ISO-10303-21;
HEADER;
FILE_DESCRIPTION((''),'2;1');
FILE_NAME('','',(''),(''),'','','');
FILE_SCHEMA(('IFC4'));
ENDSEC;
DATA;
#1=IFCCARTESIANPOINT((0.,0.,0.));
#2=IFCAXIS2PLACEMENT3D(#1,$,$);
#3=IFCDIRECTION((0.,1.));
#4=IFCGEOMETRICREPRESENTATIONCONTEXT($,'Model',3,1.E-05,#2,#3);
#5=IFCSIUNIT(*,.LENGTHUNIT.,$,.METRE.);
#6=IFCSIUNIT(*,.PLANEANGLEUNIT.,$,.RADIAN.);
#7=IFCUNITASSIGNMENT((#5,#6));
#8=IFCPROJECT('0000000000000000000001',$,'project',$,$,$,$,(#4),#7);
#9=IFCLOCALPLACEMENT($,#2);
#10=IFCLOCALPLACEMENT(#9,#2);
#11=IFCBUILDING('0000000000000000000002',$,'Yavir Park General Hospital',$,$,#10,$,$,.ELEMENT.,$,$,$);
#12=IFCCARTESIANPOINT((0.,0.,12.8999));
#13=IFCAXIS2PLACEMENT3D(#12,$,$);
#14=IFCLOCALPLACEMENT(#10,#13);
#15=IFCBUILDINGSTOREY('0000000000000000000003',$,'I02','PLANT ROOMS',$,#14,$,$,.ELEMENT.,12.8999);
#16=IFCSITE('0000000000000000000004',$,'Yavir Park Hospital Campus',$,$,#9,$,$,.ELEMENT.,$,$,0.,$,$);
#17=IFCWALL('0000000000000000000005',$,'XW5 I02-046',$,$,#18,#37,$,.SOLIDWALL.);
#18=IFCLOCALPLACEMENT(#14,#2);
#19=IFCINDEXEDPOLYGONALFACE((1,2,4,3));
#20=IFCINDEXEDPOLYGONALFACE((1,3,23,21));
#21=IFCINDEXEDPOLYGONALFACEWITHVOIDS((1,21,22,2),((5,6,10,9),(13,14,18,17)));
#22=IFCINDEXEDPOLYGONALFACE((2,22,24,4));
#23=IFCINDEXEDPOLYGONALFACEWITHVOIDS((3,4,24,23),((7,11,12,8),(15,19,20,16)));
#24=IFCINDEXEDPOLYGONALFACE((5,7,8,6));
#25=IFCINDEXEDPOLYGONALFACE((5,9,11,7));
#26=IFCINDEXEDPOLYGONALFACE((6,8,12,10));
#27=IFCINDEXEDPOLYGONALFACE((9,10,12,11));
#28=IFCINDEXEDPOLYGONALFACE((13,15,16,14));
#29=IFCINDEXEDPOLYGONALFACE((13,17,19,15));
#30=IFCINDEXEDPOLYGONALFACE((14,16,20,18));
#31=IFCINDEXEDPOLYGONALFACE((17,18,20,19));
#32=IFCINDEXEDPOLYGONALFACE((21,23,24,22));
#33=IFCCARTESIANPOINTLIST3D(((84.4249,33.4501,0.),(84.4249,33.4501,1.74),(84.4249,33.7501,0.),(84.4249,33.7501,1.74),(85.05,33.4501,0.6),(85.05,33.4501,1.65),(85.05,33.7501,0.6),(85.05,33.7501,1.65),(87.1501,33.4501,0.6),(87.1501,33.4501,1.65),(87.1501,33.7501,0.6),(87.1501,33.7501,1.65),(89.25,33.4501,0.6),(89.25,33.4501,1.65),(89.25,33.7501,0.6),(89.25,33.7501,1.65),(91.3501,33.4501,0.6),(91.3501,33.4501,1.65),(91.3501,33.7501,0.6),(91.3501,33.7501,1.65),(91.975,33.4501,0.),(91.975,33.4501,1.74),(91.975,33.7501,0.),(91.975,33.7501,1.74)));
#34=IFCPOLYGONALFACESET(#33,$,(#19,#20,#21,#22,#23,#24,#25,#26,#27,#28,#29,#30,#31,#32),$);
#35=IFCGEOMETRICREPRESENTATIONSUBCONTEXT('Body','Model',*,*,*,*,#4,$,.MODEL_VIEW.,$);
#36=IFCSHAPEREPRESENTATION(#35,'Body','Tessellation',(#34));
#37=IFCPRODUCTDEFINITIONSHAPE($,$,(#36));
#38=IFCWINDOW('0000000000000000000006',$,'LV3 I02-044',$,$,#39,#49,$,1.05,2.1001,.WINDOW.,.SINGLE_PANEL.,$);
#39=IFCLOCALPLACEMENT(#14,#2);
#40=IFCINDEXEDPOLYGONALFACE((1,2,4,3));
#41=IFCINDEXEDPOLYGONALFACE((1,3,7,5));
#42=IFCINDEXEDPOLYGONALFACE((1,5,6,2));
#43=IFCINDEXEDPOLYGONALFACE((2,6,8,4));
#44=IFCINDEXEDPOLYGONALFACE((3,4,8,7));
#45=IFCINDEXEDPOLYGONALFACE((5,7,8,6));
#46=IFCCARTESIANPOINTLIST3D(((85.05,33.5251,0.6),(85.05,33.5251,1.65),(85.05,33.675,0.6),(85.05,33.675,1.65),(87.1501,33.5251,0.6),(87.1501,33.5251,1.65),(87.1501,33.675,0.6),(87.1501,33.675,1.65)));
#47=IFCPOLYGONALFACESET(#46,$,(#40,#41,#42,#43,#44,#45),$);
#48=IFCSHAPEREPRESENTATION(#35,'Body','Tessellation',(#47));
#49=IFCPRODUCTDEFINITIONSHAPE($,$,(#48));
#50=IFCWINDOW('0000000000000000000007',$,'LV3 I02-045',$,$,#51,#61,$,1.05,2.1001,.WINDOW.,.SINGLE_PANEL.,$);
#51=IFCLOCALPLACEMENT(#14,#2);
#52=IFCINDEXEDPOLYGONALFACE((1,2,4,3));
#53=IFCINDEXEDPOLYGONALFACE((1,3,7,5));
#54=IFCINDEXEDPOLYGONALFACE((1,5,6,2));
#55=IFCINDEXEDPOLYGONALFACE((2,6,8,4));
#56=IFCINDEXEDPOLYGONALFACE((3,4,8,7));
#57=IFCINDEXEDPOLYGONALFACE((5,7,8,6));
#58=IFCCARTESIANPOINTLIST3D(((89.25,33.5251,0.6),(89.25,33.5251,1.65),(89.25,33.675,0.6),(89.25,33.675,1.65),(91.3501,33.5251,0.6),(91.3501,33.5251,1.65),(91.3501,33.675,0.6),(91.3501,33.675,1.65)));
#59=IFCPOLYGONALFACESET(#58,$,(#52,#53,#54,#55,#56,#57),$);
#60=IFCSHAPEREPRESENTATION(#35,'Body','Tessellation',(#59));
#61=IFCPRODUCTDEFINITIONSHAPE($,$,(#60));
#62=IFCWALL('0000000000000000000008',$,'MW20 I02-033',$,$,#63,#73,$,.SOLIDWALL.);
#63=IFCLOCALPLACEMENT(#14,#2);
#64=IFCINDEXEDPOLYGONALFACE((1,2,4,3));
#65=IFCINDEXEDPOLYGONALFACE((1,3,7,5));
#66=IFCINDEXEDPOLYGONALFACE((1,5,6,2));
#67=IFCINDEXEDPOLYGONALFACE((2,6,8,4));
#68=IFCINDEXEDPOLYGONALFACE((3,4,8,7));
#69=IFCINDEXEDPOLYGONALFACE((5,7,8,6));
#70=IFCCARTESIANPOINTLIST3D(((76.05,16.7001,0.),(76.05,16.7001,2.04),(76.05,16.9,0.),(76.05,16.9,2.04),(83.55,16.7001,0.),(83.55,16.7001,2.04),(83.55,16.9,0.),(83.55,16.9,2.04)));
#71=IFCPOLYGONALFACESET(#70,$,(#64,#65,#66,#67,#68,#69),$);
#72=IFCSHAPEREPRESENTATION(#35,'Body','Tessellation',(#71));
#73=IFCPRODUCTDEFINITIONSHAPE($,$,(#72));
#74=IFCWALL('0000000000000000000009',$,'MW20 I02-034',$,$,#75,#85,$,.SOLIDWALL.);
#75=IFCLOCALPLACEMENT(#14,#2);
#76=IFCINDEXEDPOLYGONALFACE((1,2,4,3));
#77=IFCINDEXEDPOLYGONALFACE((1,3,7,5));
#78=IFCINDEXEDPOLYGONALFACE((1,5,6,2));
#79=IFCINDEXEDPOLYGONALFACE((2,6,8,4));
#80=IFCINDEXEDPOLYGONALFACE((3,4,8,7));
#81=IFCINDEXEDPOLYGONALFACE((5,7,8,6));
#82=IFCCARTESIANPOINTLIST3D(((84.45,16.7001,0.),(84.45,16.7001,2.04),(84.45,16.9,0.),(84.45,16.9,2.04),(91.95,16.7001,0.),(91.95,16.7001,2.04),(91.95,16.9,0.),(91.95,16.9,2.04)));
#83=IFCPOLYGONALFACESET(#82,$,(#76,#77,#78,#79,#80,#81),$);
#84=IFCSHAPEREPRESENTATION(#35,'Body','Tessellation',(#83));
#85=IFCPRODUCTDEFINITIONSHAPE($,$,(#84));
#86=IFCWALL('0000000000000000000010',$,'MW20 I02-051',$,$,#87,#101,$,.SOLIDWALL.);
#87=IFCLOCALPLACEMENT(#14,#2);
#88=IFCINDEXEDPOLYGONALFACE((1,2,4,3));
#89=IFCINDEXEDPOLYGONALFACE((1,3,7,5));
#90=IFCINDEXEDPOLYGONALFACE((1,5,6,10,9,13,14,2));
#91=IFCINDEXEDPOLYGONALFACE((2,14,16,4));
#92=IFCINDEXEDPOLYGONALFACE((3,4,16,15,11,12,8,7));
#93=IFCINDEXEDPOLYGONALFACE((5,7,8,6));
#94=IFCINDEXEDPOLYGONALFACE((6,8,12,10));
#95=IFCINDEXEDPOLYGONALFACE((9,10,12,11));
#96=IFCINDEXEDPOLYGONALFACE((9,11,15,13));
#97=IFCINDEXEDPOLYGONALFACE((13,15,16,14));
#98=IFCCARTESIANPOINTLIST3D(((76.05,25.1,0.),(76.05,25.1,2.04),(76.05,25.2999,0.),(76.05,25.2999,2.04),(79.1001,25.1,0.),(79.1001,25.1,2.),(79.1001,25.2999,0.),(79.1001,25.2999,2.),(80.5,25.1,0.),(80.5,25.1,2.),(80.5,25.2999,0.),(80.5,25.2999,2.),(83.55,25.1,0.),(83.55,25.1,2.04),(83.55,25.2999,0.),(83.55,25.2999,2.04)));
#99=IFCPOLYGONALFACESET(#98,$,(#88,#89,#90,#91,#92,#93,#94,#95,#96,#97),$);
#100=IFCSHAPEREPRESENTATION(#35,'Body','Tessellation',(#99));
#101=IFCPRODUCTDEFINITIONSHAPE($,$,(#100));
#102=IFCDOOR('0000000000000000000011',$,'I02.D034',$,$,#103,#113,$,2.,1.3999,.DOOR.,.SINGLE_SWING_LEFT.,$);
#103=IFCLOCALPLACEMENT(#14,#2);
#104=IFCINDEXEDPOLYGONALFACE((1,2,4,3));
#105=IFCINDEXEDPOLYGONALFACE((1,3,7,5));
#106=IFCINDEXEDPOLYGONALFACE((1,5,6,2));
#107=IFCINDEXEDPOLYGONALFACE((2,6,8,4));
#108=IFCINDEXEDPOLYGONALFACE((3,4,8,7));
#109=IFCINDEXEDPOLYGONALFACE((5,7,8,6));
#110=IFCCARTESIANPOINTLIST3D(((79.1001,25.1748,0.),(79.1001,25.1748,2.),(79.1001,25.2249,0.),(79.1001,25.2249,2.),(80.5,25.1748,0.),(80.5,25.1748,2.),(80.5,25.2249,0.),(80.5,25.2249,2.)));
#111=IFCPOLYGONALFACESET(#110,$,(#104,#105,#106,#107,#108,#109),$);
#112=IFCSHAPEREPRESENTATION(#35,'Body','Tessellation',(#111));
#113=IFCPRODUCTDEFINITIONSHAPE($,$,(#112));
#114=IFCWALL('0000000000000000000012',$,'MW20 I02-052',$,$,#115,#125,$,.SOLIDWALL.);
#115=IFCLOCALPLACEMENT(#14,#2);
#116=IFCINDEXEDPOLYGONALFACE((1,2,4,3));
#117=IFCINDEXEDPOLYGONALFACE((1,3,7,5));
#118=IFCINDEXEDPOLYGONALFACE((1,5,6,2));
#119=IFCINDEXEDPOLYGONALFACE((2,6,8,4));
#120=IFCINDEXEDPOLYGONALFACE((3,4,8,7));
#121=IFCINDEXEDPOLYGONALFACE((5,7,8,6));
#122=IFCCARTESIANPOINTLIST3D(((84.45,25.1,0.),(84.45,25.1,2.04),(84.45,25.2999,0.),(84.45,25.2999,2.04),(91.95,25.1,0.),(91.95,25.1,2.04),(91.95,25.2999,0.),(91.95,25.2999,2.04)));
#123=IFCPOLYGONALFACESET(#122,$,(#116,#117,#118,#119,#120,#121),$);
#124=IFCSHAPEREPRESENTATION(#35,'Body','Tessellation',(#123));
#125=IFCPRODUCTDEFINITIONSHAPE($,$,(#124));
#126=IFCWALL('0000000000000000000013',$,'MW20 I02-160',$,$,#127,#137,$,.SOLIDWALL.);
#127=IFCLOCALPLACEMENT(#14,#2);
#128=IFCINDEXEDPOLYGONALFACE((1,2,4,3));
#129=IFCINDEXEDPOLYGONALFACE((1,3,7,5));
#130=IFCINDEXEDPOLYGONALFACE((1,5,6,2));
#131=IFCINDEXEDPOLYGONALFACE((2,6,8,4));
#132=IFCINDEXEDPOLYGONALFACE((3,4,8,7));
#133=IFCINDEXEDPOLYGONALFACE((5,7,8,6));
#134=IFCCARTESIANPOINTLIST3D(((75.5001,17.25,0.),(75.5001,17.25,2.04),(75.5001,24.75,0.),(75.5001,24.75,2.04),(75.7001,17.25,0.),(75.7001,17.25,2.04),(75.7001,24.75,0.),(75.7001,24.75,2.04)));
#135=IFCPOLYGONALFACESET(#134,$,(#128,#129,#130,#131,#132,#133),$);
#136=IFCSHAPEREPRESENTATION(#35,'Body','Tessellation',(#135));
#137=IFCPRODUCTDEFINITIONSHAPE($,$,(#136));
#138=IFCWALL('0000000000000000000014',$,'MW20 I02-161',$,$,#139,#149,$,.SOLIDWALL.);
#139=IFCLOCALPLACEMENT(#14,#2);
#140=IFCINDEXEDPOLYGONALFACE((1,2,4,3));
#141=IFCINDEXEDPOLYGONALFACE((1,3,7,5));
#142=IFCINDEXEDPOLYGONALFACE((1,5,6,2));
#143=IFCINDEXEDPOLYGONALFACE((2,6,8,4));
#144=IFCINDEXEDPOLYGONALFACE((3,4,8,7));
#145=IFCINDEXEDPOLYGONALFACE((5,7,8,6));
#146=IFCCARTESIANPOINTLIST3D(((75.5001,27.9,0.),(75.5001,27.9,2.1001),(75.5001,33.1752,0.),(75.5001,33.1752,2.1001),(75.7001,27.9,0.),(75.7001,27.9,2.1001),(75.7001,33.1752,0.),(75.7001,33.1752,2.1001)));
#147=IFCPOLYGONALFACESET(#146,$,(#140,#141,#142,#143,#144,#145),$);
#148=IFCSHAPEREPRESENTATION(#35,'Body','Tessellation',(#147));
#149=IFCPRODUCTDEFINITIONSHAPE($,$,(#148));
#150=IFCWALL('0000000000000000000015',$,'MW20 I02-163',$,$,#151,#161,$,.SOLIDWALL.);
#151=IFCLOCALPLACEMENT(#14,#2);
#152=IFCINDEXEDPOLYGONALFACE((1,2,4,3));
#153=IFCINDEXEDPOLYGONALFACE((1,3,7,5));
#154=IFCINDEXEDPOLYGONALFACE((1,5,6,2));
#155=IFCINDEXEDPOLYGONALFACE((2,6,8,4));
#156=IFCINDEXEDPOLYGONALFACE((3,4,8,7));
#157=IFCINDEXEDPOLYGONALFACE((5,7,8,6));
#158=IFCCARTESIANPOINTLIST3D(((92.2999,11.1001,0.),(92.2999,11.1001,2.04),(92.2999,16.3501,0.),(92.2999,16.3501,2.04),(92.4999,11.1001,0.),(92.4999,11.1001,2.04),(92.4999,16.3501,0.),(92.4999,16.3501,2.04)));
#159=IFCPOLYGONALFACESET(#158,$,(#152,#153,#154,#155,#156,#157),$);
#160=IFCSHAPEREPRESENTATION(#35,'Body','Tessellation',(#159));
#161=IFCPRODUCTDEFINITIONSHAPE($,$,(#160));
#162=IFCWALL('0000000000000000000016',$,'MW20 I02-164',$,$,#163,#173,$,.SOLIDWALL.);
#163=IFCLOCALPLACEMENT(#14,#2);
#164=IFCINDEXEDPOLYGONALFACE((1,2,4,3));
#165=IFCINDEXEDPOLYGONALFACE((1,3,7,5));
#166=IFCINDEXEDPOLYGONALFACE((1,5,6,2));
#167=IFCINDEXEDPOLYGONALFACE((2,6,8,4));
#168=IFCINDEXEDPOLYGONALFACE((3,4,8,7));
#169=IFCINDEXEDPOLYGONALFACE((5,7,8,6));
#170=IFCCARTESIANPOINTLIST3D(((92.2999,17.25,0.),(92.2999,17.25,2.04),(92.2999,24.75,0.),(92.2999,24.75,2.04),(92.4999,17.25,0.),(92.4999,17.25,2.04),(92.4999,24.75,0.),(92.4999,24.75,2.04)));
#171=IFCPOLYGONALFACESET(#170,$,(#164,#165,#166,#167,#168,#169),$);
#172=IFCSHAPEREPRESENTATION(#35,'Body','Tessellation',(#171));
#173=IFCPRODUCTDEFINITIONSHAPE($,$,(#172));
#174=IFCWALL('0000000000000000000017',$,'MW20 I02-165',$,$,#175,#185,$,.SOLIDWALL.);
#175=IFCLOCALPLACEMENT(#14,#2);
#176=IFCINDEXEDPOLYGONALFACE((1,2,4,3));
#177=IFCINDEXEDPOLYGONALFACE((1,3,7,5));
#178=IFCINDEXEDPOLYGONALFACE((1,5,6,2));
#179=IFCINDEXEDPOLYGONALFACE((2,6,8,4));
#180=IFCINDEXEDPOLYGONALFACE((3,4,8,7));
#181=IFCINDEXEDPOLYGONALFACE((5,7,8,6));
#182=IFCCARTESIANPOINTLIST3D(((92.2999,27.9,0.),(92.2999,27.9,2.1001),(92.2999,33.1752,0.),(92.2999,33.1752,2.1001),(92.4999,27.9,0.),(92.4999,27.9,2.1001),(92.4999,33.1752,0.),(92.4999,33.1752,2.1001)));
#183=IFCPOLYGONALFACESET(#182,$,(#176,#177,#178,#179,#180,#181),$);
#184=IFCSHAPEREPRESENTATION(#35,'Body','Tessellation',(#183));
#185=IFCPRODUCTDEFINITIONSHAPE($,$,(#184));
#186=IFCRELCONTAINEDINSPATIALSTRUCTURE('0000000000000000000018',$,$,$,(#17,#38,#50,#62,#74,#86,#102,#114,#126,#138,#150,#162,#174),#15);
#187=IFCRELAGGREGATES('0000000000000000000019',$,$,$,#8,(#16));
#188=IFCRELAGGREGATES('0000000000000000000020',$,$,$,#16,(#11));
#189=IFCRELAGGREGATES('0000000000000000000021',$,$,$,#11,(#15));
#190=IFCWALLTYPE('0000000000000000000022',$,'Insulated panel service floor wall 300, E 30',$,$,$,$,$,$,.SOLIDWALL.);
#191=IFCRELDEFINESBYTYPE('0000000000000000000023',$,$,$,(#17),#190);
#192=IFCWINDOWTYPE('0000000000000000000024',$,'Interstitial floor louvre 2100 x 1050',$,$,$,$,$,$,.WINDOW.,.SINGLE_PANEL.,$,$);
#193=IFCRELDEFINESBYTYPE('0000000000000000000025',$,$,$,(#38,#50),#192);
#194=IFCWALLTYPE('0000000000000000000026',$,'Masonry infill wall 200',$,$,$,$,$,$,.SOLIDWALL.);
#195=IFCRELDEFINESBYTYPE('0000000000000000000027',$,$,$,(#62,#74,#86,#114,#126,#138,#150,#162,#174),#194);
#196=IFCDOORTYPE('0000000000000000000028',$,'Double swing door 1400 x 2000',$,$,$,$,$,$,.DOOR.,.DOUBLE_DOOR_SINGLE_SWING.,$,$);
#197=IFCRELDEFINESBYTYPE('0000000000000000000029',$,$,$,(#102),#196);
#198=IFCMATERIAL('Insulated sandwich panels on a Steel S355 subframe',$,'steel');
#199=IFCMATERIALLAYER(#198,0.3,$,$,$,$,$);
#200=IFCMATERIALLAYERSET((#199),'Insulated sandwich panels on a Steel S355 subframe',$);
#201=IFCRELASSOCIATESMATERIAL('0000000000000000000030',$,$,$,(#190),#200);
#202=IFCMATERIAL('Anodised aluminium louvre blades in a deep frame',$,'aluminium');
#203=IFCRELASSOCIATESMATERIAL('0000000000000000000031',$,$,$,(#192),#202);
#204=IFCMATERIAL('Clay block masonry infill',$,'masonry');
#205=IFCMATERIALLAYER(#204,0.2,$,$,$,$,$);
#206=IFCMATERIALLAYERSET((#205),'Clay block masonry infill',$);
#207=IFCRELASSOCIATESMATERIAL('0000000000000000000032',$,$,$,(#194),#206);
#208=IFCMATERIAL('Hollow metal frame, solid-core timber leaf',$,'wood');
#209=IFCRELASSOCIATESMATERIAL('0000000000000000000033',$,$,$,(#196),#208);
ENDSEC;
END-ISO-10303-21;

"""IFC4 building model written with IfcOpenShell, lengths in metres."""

from ifc_helpers import new_model, si_unit, direction, frame, frame_2d, origin, place, context, subcontext, project, spatial, rectangle, extrude, material, layer, layer_set, type_object, element, fill, save


model = new_model("IFC4")

# Units and contexts
model_context = context("Model", 3, precision=1e-05, world=origin(), true_north=direction((0.0, 1.0)))
body_context = subcontext(model_context, "Body", "Model", "MODEL_VIEW")
ifc_project = project(units=[si_unit("LENGTHUNIT", "METRE"), si_unit("PLANEANGLEUNIT", "RADIAN")], contexts=[model_context])

# Site, building, storey
site_placement = place(None, origin())
site = spatial("IfcSite", under=ifc_project, at=site_placement, Name="Yavir Park Hospital Campus", CompositionType="ELEMENT", RefElevation=0.0)
building_placement = place(site_placement, origin())
building = spatial("IfcBuilding", under=site, at=building_placement, Name="Yavir Park General Hospital", CompositionType="ELEMENT")
storey_placement = place(building_placement, frame((0.0, 0.0, 12.8999)))
storey = spatial("IfcBuildingStorey", under=building, at=storey_placement, Name="I02", Description="PLANT ROOMS", CompositionType="ELEMENT", Elevation=12.8999)

# Wall, openings, windows
ifc_material_1 = material(Name="Insulated sandwich panels on a Steel S355 subframe", Category="steel")
ifc_layer_1 = layer(ifc_material_1, 0.3)
ifc_layer_set_1 = layer_set([ifc_layer_1], Name="Insulated sandwich panels on a Steel S355 subframe")
wall_type_1 = type_object("IfcWallType", Name="Insulated panel service floor wall 300, E 30", PredefinedType="SOLIDWALL", material=ifc_layer_set_1)
ifc_material_2 = material(Name="Anodised aluminium louvre blades in a deep frame", Category="aluminium")
window_type = type_object("IfcWindowType", Name="Interstitial floor louvre 2100 x 1050", PartitioningType="SINGLE_PANEL", PredefinedType="WINDOW", material=ifc_material_2)
wall_1_placement = place(storey_placement, frame((84.425, 33.6001, 0.0), z_axis=(0.0, 0.0, 1.0), x_axis=(1.0, 0.0, 0.0)))
wall_1 = element("IfcWall", 1, at=wall_1_placement, inside=storey, type_object=wall_type_1, Name="XW5 I02-046", PredefinedType="SOLIDWALL", context=body_context, shape_type="SweptSolid", body=[
    extrude(rectangle(XDim=7.55, YDim=0.3, at=frame_2d((3.7749, 0.0))), origin(), (0.0, 0.0, 1.0), 1.74),
])
opening_1_placement = place(wall_1_placement, frame((0.625, 0.0, 0.6001)))
opening_1 = element("IfcOpeningElement", 2, at=opening_1_placement, cuts=wall_1, PredefinedType="OPENING", context=body_context, shape_type="SweptSolid", body=[
    extrude(rectangle(XDim=2.1001, YDim=1.05, at=frame_2d((1.05, 0.5249))), frame((0.0, 0.1599, 0.0), z_axis=(0.0, -1.0, 0.0), x_axis=(1.0, 0.0, 0.0)), (0.0, 0.0, 1.0), 0.3201),
])
opening_2_placement = place(wall_1_placement, frame((4.825, 0.0, 0.6001)))
opening_2 = element("IfcOpeningElement", 3, at=opening_2_placement, cuts=wall_1, PredefinedType="OPENING", context=body_context, shape_type="SweptSolid", body=[
    extrude(rectangle(XDim=2.1001, YDim=1.05, at=frame_2d((1.05, 0.5249))), frame((0.0, 0.1599, 0.0), z_axis=(0.0, -1.0, 0.0), x_axis=(1.0, 0.0, 0.0)), (0.0, 0.0, 1.0), 0.3201),
])
window_1_placement = place(opening_1_placement, origin())
window_1 = element("IfcWindow", 4, at=window_1_placement, inside=storey, type_object=window_type, Name="LV3 I02-044", OverallHeight=1.05, OverallWidth=2.1001, PartitioningType="SINGLE_PANEL", PredefinedType="WINDOW", context=body_context, shape_type="SweptSolid", body=[
    extrude(rectangle(XDim=2.1001, YDim=1.05, at=frame_2d((1.05, 0.5249))), frame((0.0, 0.075, 0.0), z_axis=(0.0, -1.0, 0.0), x_axis=(1.0, 0.0, 0.0)), (0.0, 0.0, 1.0), 0.1499),
])
fill(opening_1, window_1)
window_2_placement = place(opening_2_placement, origin())
window_2 = element("IfcWindow", 5, at=window_2_placement, inside=storey, type_object=window_type, Name="LV3 I02-045", OverallHeight=1.05, OverallWidth=2.1001, PartitioningType="SINGLE_PANEL", PredefinedType="WINDOW", context=body_context, shape_type="SweptSolid", body=[
    extrude(rectangle(XDim=2.1001, YDim=1.05, at=frame_2d((1.05, 0.5249))), frame((0.0, 0.075, 0.0), z_axis=(0.0, -1.0, 0.0), x_axis=(1.0, 0.0, 0.0)), (0.0, 0.0, 1.0), 0.1499),
])
fill(opening_2, window_2)

# Walls
ifc_material_3 = material(Name="Clay block masonry infill", Category="masonry")
ifc_layer_2 = layer(ifc_material_3, 0.2)
ifc_layer_set_2 = layer_set([ifc_layer_2], Name="Clay block masonry infill")
wall_type_2 = type_object("IfcWallType", Name="Masonry infill wall 200", PredefinedType="SOLIDWALL", material=ifc_layer_set_2)
for number, where, z_axis, x_axis, name in (
    (6, (76.05, 16.8, 0.0), (0.0, 0.0, 1.0), (1.0, 0.0, 0.0), "MW20 I02-033"),
    (7, (84.45, 16.8, 0.0), (0.0, 0.0, 1.0), (1.0, 0.0, 0.0), "MW20 I02-034"),
):
    element("IfcWall", number, at=place(storey_placement, frame(where, z_axis=z_axis, x_axis=x_axis)), inside=storey, type_object=wall_type_2, Name=name, PredefinedType="SOLIDWALL", context=body_context, shape_type="SweptSolid", body=[
        extrude(rectangle(XDim=7.5, YDim=0.2, at=frame_2d((3.75, 0.0))), origin(), (0.0, 0.0, 1.0), 2.04),
    ])

# Wall, opening, door
wall_2_placement = place(storey_placement, frame((76.05, 25.2, 0.0), z_axis=(0.0, 0.0, 1.0), x_axis=(1.0, 0.0, 0.0)))
wall_2 = element("IfcWall", 8, at=wall_2_placement, inside=storey, type_object=wall_type_2, Name="MW20 I02-051", PredefinedType="SOLIDWALL", context=body_context, shape_type="SweptSolid", body=[
    extrude(rectangle(XDim=7.5, YDim=0.2, at=frame_2d((3.75, 0.0))), origin(), (0.0, 0.0, 1.0), 2.04),
])
opening_3_placement = place(wall_2_placement, frame((3.05, 0.0, 0.0)))
opening_3 = element("IfcOpeningElement", 9, at=opening_3_placement, cuts=wall_2, PredefinedType="OPENING", context=body_context, shape_type="SweptSolid", body=[
    extrude(rectangle(XDim=1.3999, YDim=2.0, at=frame_2d((0.7, 1.0))), frame((0.0, 0.1099, 0.0), z_axis=(0.0, -1.0, 0.0), x_axis=(1.0, 0.0, 0.0)), (0.0, 0.0, 1.0), 0.22),
])
ifc_material_4 = material(Name="Hollow metal frame, solid-core timber leaf", Category="wood")
door_type = type_object("IfcDoorType", Name="Double swing door 1400 x 2000", OperationType="DOUBLE_DOOR_SINGLE_SWING", PredefinedType="DOOR", material=ifc_material_4)
door_placement = place(opening_3_placement, origin())
door = element("IfcDoor", 10, at=door_placement, inside=storey, type_object=door_type, Name="I02.D034", OperationType="SINGLE_SWING_LEFT", OverallHeight=2.0, OverallWidth=1.3999, PredefinedType="DOOR", context=body_context, shape_type="SweptSolid", body=[
    extrude(rectangle(XDim=1.3999, YDim=2.0, at=frame_2d((0.7, 1.0))), frame((0.0, 0.0249, 0.0), z_axis=(0.0, -1.0, 0.0), x_axis=(1.0, 0.0, 0.0)), (0.0, 0.0, 1.0), 0.05),
])
fill(opening_3, door)

# Walls
for number, where, z_axis, x_axis, name in (
    (11, (84.45, 25.2, 0.0), (0.0, 0.0, 1.0), (1.0, 0.0, 0.0), "MW20 I02-052"),
    (12, (75.6001, 17.25, 0.0), (0.0, 0.0, 1.0), (0.0, 1.0, 0.0), "MW20 I02-160"),
):
    element("IfcWall", number, at=place(storey_placement, frame(where, z_axis=z_axis, x_axis=x_axis)), inside=storey, type_object=wall_type_2, Name=name, PredefinedType="SOLIDWALL", context=body_context, shape_type="SweptSolid", body=[
        extrude(rectangle(XDim=7.5, YDim=0.2, at=frame_2d((3.75, 0.0))), origin(), (0.0, 0.0, 1.0), 2.04),
    ])
wall_3_placement = place(storey_placement, frame((75.6001, 27.8999, 0.0), z_axis=(0.0, 0.0, 1.0), x_axis=(0.0, 1.0, 0.0)))
element("IfcWall", 13, at=wall_3_placement, inside=storey, type_object=wall_type_2, Name="MW20 I02-161", PredefinedType="SOLIDWALL", context=body_context, shape_type="SweptSolid", body=[
    extrude(rectangle(XDim=5.2751, YDim=0.2, at=frame_2d((2.6377, 0.0))), origin(), (0.0, 0.0, 1.0), 2.1001),
])
wall_4_placement = place(storey_placement, frame((92.3999, 11.1001, 0.0), z_axis=(0.0, 0.0, 1.0), x_axis=(0.0, 1.0, 0.0)))
element("IfcWall", 14, at=wall_4_placement, inside=storey, type_object=wall_type_2, Name="MW20 I02-163", PredefinedType="SOLIDWALL", context=body_context, shape_type="SweptSolid", body=[
    extrude(rectangle(XDim=5.25, YDim=0.2, at=frame_2d((2.625, 0.0))), origin(), (0.0, 0.0, 1.0), 2.04),
])
wall_5_placement = place(storey_placement, frame((92.3999, 17.25, 0.0), z_axis=(0.0, 0.0, 1.0), x_axis=(0.0, 1.0, 0.0)))
element("IfcWall", 15, at=wall_5_placement, inside=storey, type_object=wall_type_2, Name="MW20 I02-164", PredefinedType="SOLIDWALL", context=body_context, shape_type="SweptSolid", body=[
    extrude(rectangle(XDim=7.5, YDim=0.2, at=frame_2d((3.75, 0.0))), origin(), (0.0, 0.0, 1.0), 2.04),
])
wall_6_placement = place(storey_placement, frame((92.3999, 27.8999, 0.0), z_axis=(0.0, 0.0, 1.0), x_axis=(0.0, 1.0, 0.0)))
element("IfcWall", 16, at=wall_6_placement, inside=storey, type_object=wall_type_2, Name="MW20 I02-165", PredefinedType="SOLIDWALL", context=body_context, shape_type="SweptSolid", body=[
    extrude(rectangle(XDim=5.2751, YDim=0.2, at=frame_2d((2.6377, 0.0))), origin(), (0.0, 0.0, 1.0), 2.1001),
])

save(model, "model.ifc")
